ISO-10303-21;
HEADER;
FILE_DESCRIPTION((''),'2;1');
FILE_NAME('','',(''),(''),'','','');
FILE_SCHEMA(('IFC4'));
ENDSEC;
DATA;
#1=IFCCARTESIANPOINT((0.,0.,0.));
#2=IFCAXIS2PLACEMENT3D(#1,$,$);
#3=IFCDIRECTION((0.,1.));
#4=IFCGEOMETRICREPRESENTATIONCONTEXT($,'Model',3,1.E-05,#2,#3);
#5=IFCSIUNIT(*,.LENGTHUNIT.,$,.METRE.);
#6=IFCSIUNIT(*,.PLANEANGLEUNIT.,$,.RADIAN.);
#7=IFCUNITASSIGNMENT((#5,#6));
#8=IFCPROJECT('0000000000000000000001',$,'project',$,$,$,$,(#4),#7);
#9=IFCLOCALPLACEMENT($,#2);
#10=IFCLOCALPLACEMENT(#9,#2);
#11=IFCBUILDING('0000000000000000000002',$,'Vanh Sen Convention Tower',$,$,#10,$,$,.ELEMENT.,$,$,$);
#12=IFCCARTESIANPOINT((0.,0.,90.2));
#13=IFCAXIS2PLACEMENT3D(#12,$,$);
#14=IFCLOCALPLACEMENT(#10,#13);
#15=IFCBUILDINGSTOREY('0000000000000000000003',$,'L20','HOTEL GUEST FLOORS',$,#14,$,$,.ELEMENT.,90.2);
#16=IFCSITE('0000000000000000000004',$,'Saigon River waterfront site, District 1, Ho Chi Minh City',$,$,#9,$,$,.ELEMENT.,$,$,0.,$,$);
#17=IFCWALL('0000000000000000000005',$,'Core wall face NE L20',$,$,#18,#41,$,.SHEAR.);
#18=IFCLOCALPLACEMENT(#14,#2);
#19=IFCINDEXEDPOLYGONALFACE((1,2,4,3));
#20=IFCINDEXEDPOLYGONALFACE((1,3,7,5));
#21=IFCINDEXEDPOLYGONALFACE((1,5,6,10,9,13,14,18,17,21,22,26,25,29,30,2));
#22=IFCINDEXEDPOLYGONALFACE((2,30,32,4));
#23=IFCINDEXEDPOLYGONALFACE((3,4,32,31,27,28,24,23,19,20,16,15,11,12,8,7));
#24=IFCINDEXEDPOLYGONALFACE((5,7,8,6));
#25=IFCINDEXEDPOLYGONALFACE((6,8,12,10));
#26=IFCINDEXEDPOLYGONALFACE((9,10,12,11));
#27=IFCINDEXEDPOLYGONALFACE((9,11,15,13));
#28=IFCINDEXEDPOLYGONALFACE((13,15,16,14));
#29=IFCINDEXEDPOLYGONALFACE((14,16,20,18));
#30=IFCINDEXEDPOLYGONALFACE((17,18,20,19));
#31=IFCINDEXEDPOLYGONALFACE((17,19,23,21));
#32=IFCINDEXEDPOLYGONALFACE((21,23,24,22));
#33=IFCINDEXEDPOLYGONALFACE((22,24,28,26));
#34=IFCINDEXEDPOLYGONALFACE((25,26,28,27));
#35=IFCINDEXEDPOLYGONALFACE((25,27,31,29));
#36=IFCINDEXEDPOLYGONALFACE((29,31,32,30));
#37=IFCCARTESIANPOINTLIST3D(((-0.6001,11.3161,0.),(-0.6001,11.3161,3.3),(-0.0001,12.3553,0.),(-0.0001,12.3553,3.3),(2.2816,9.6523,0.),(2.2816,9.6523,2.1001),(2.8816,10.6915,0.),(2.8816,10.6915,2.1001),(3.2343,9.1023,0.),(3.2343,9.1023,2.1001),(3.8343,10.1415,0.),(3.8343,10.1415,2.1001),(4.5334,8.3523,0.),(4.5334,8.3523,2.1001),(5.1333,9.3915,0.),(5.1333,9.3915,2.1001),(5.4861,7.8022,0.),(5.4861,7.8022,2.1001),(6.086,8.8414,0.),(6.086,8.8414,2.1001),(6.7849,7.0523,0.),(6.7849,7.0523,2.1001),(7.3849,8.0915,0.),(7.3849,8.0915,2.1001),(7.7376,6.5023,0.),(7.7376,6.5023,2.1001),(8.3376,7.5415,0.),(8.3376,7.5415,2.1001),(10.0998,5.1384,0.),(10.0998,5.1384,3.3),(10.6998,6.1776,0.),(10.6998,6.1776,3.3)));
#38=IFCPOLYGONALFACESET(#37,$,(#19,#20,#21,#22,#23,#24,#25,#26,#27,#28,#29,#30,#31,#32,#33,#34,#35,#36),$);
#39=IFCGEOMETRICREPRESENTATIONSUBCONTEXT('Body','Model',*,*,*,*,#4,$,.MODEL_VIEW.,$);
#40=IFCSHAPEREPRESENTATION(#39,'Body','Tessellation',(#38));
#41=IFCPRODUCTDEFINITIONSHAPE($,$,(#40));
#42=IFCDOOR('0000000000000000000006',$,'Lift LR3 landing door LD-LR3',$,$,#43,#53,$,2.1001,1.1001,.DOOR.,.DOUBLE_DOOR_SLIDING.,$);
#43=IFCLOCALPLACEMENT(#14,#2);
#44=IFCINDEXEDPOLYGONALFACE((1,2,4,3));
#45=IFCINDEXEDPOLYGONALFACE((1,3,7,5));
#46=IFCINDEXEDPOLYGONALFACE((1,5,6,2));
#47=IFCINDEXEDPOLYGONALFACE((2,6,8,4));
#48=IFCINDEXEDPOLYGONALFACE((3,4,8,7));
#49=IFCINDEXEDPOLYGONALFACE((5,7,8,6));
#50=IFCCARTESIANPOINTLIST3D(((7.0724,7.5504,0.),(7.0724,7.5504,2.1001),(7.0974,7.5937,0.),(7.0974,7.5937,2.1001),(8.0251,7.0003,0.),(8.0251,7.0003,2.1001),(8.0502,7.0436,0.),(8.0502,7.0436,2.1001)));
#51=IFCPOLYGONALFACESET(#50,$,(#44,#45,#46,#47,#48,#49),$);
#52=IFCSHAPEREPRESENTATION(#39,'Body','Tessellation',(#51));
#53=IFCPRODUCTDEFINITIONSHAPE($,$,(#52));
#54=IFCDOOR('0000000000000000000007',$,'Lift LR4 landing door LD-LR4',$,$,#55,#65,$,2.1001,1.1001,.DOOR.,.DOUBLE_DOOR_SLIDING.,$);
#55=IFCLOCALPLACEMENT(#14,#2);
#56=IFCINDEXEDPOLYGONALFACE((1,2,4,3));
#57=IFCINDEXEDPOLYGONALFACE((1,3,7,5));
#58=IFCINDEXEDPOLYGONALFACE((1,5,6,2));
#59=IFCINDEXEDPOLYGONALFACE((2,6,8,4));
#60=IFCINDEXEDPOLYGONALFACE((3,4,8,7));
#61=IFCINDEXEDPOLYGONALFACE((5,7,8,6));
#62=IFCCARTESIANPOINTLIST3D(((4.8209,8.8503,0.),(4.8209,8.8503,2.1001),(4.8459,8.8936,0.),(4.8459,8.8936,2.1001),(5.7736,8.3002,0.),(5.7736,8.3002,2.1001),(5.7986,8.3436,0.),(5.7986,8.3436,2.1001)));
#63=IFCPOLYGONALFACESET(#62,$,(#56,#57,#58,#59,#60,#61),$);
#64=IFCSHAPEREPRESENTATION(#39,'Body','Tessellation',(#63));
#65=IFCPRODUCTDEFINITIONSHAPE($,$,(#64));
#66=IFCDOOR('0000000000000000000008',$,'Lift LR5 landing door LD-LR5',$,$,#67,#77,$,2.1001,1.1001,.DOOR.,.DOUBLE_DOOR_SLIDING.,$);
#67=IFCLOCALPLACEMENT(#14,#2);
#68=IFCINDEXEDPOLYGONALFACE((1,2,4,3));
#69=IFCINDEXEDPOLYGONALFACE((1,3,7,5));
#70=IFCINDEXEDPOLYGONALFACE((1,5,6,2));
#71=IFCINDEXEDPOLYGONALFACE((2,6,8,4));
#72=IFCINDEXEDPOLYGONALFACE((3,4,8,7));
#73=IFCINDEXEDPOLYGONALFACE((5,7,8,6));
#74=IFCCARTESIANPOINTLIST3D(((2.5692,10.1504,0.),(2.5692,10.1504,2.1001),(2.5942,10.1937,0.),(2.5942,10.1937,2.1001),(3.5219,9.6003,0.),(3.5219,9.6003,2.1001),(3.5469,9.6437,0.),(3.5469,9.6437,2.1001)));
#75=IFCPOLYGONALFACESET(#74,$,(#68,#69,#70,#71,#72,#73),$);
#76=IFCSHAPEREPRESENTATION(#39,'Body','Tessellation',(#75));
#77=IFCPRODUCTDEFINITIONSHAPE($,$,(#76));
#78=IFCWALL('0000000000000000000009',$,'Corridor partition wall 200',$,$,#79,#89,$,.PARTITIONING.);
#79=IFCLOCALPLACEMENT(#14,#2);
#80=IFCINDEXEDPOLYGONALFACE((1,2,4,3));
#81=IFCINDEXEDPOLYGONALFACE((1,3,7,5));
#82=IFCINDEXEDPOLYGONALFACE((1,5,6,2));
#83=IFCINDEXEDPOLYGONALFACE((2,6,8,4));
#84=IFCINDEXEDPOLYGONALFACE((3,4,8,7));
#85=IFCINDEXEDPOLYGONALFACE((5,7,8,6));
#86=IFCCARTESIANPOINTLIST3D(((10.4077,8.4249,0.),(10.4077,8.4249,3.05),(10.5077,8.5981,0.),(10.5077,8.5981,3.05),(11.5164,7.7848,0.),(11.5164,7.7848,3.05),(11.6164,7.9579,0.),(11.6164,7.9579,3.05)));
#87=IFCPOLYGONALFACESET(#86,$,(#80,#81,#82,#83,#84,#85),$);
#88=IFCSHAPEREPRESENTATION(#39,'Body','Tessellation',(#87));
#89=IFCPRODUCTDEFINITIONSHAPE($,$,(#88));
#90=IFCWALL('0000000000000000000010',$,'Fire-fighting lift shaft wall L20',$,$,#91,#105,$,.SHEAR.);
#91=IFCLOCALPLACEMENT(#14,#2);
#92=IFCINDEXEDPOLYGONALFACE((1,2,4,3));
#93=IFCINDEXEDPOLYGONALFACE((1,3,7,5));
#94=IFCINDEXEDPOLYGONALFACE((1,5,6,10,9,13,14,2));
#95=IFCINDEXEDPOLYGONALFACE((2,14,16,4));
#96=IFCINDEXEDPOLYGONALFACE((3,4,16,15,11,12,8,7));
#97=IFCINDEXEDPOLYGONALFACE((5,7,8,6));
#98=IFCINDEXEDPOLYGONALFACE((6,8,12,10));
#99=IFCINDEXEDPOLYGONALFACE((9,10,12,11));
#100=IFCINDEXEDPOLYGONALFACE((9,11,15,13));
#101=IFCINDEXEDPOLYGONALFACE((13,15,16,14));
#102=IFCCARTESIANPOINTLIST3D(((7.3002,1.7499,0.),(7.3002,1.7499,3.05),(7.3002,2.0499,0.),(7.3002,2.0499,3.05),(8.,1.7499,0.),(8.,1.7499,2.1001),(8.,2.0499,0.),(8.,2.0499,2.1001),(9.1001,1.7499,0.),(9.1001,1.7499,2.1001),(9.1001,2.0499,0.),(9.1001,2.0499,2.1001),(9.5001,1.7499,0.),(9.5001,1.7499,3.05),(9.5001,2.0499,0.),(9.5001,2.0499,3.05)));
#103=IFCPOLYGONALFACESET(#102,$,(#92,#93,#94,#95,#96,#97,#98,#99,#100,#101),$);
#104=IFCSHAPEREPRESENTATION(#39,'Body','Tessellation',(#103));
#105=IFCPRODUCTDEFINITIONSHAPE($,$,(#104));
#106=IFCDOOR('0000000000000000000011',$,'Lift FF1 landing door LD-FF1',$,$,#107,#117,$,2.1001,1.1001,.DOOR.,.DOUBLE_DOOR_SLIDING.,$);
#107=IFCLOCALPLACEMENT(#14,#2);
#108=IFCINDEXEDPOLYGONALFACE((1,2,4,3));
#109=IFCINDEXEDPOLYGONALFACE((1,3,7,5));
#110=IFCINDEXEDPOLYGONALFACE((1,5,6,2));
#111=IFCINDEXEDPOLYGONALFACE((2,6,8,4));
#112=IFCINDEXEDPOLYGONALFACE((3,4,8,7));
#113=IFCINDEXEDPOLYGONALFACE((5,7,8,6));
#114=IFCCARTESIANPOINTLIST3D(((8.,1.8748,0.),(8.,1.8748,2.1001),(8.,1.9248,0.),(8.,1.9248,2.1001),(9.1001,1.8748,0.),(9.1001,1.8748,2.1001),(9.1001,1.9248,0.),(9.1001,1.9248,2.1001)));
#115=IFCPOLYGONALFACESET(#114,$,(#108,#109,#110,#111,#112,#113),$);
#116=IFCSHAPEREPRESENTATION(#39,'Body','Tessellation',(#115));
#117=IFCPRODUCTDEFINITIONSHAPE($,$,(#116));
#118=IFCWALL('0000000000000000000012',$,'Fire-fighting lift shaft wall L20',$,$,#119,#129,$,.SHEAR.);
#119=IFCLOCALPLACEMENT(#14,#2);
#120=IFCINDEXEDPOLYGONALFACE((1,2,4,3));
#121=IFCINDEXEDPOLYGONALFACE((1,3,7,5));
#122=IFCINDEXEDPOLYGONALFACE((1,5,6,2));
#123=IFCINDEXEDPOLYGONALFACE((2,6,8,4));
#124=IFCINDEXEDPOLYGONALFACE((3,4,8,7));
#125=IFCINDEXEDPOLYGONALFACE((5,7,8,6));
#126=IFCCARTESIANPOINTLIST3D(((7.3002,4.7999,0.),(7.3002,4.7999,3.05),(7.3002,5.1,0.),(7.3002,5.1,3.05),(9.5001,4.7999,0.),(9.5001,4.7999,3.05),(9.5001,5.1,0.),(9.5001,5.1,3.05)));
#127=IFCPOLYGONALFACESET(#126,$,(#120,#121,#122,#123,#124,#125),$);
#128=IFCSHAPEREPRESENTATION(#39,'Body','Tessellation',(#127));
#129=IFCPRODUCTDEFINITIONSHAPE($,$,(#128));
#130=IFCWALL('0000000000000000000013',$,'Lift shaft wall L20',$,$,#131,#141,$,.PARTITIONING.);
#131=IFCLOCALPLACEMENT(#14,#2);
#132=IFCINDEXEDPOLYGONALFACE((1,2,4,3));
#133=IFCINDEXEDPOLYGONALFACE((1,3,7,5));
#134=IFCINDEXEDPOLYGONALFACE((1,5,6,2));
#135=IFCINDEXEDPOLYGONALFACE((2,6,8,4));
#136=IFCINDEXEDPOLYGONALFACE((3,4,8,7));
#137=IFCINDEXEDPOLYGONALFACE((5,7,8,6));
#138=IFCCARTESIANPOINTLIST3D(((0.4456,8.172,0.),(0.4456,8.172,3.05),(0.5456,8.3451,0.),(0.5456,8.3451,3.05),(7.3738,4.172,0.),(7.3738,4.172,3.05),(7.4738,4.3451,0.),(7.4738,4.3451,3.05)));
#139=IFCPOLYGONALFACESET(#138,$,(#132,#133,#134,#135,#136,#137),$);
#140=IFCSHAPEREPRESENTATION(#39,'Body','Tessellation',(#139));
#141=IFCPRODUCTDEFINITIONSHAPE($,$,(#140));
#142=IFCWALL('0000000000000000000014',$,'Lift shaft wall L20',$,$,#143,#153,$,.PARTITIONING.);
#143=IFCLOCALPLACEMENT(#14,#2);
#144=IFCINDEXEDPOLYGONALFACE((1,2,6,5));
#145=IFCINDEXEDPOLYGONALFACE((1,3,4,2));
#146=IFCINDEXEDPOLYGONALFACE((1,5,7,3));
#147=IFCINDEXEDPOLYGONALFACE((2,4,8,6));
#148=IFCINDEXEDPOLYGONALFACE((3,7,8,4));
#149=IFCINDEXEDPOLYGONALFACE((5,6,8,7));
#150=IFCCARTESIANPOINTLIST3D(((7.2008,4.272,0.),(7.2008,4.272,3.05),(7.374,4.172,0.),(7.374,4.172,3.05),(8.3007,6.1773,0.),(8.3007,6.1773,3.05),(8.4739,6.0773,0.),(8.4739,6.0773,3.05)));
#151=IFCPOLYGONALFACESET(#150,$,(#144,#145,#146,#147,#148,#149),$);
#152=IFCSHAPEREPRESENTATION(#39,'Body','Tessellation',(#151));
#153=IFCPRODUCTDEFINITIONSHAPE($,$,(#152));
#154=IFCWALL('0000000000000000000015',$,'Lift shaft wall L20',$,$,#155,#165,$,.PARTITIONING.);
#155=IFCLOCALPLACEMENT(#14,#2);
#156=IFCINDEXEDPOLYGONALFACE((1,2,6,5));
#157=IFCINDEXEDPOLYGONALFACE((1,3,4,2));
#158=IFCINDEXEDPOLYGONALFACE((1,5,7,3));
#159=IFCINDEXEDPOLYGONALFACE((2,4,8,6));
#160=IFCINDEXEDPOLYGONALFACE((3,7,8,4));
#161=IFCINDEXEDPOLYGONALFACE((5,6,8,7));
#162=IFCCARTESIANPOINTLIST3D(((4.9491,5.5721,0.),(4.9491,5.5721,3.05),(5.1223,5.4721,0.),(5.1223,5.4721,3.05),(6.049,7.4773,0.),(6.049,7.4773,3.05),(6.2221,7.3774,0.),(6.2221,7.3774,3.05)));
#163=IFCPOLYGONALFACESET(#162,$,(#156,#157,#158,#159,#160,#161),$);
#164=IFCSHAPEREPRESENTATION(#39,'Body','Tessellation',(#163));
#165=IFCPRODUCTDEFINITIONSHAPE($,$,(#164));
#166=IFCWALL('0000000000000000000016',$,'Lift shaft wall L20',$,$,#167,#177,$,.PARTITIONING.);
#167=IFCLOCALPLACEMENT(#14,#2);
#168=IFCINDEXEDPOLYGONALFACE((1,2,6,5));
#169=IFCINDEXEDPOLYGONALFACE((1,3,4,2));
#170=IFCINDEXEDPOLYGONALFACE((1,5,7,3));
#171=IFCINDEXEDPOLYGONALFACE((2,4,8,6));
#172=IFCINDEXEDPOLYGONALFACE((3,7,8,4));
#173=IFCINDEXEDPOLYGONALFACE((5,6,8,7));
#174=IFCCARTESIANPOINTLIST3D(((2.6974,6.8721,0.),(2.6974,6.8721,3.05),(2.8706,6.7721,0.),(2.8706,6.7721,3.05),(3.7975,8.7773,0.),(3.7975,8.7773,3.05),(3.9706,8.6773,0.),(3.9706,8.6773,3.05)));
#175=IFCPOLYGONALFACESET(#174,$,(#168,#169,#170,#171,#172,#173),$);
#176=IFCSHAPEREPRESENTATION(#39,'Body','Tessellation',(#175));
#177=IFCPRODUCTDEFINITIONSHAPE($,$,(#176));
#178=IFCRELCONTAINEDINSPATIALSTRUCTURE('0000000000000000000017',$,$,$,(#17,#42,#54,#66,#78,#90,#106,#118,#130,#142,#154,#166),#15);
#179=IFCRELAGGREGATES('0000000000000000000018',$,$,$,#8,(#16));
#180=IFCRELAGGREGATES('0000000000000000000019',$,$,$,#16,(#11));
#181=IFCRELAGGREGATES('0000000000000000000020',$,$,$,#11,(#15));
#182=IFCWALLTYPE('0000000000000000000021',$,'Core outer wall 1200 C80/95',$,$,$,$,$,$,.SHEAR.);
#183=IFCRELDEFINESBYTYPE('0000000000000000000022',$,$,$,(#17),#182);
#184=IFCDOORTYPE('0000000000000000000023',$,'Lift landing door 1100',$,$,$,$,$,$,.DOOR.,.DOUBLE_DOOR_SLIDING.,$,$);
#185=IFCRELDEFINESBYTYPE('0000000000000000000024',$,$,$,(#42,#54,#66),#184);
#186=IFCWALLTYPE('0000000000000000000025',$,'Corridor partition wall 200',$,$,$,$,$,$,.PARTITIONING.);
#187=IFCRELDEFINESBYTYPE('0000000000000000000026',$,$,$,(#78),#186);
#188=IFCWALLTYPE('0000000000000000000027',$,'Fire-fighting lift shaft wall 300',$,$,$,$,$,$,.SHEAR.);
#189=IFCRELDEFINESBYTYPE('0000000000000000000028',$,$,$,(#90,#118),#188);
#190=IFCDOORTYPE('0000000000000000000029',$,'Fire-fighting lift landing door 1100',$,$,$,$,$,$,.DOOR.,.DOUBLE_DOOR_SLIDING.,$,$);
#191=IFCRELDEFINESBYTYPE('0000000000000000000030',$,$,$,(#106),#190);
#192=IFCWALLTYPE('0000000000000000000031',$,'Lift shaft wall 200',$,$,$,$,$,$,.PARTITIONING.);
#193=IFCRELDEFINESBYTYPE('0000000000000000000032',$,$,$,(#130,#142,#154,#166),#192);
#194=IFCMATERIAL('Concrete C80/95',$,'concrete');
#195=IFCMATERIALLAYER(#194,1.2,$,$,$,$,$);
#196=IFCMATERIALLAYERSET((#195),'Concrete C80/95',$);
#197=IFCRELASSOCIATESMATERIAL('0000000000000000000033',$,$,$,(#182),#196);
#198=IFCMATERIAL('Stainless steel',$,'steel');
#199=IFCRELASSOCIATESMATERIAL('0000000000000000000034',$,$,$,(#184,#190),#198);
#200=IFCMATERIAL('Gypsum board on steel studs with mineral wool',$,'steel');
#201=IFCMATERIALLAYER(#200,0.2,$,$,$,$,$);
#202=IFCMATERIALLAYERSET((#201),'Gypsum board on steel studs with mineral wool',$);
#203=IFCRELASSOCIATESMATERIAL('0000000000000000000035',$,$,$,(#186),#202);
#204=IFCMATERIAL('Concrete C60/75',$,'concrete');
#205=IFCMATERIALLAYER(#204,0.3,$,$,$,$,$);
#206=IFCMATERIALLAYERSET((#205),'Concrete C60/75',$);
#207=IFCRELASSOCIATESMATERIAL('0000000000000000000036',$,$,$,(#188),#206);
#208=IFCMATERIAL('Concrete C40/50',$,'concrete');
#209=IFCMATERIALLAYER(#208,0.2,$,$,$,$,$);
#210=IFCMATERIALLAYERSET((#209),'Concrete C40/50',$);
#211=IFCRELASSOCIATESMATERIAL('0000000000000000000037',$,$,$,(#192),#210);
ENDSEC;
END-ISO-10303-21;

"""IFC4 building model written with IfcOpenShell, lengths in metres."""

from ifc_helpers import new_model, si_unit, direction, frame, frame_2d, origin, place, context, subcontext, project, spatial, rectangle, extrude, material, layer, layer_set, type_object, element, fill, save


model = new_model("IFC4")

# Units and contexts
model_context = context("Model", 3, precision=1e-05, world=origin(), true_north=direction((0.0, 1.0)))
body_context = subcontext(model_context, "Body", "Model", "MODEL_VIEW")
ifc_project = project(units=[si_unit("LENGTHUNIT", "METRE"), si_unit("PLANEANGLEUNIT", "RADIAN")], contexts=[model_context])

# Site, building, storey
site_placement = place(None, origin())
site = spatial("IfcSite", under=ifc_project, at=site_placement, Name="Saigon River waterfront site, District 1, Ho Chi Minh City", CompositionType="ELEMENT", RefElevation=0.0)
building_placement = place(site_placement, origin())
building = spatial("IfcBuilding", under=site, at=building_placement, Name="Vanh Sen Convention Tower", CompositionType="ELEMENT")
storey_placement = place(building_placement, frame((0.0, 0.0, 90.2)))
storey = spatial("IfcBuildingStorey", under=building, at=storey_placement, Name="L20", Description="HOTEL GUEST FLOORS", CompositionType="ELEMENT", Elevation=90.2)

# Wall, openings, doors
ifc_material_1 = material(Name="Concrete C80/95", Category="concrete")
ifc_layer_1 = layer(ifc_material_1, 1.2)
ifc_layer_set_1 = layer_set([ifc_layer_1], Name="Concrete C80/95")
wall_type_1 = type_object("IfcWallType", Name="Core outer wall 1200 C80/95", PredefinedType="SHEAR", material=ifc_layer_set_1)
wall_1_placement = place(storey_placement, frame((10.3999, 5.658, 0.0), z_axis=(0.0, 0.0, 1.0), x_axis=(-0.866021, 0.500007, 0.0)))
wall_1 = element("IfcWall", 1, at=wall_1_placement, inside=storey, type_object=wall_type_1, Name="Core wall face NE L20", PredefinedType="SHEAR", context=body_context, shape_type="SweptSolid", body=[
    extrude(rectangle(XDim=12.3552, YDim=1.2, at=frame_2d((6.1777, 0.0))), origin(), (0.0, 0.0, 1.0), 3.3),
])
opening_1_placement = place(wall_1_placement, frame((2.7278, 0.0, 0.0)))
opening_1 = element("IfcOpeningElement", 2, at=opening_1_placement, cuts=wall_1, PredefinedType="OPENING", context=body_context, shape_type="SweptSolid", body=[
    extrude(rectangle(XDim=1.1001, YDim=2.1001, at=frame_2d((0.55, 1.05))), frame((0.0, 0.6099, 0.0), z_axis=(0.0, -1.0, 0.0), x_axis=(1.0, 0.0, 0.0)), (0.0, 0.0, 1.0), 1.22),
])
opening_2_placement = place(wall_1_placement, frame((5.3276, 0.0, 0.0)))
opening_2 = element("IfcOpeningElement", 3, at=opening_2_placement, cuts=wall_1, PredefinedType="OPENING", context=body_context, shape_type="SweptSolid", body=[
    extrude(rectangle(XDim=1.1001, YDim=2.1001, at=frame_2d((0.55, 1.05))), frame((0.0, 0.6099, 0.0), z_axis=(0.0, -1.0, 0.0), x_axis=(1.0, 0.0, 0.0)), (0.0, 0.0, 1.0), 1.22),
])
opening_3_placement = place(wall_1_placement, frame((7.9277, 0.0, 0.0)))
opening_3 = element("IfcOpeningElement", 4, at=opening_3_placement, cuts=wall_1, PredefinedType="OPENING", context=body_context, shape_type="SweptSolid", body=[
    extrude(rectangle(XDim=1.1001, YDim=2.1001, at=frame_2d((0.55, 1.05))), frame((0.0, 0.6099, 0.0), z_axis=(0.0, -1.0, 0.0), x_axis=(1.0, 0.0, 0.0)), (0.0, 0.0, 1.0), 1.22),
])
ifc_material_2 = material(Name="Stainless steel", Category="steel")
door_type_1 = type_object("IfcDoorType", Name="Lift landing door 1100", OperationType="DOUBLE_DOOR_SLIDING", PredefinedType="DOOR", material=ifc_material_2)
door_1_placement = place(opening_1_placement, origin())
door_1 = element("IfcDoor", 5, at=door_1_placement, inside=storey, type_object=door_type_1, Name="Lift LR3 landing door LD-LR3", OperationType="DOUBLE_DOOR_SLIDING", OverallHeight=2.1001, OverallWidth=1.1001, PredefinedType="DOOR", context=body_context, shape_type="SweptSolid", body=[
    extrude(rectangle(XDim=1.1001, YDim=2.1001, at=frame_2d((0.55, 1.05))), frame((0.0, 0.0249, 0.0), z_axis=(0.0, -1.0, 0.0), x_axis=(1.0, 0.0, 0.0)), (0.0, 0.0, 1.0), 0.05),
])
fill(opening_1, door_1)
door_2_placement = place(opening_2_placement, origin())
door_2 = element("IfcDoor", 6, at=door_2_placement, inside=storey, type_object=door_type_1, Name="Lift LR4 landing door LD-LR4", OperationType="DOUBLE_DOOR_SLIDING", OverallHeight=2.1001, OverallWidth=1.1001, PredefinedType="DOOR", context=body_context, shape_type="SweptSolid", body=[
    extrude(rectangle(XDim=1.1001, YDim=2.1001, at=frame_2d((0.55, 1.05))), frame((0.0, 0.0249, 0.0), z_axis=(0.0, -1.0, 0.0), x_axis=(1.0, 0.0, 0.0)), (0.0, 0.0, 1.0), 0.05),
])
fill(opening_2, door_2)
door_3_placement = place(opening_3_placement, origin())
door_3 = element("IfcDoor", 7, at=door_3_placement, inside=storey, type_object=door_type_1, Name="Lift LR5 landing door LD-LR5", OperationType="DOUBLE_DOOR_SLIDING", OverallHeight=2.1001, OverallWidth=1.1001, PredefinedType="DOOR", context=body_context, shape_type="SweptSolid", body=[
    extrude(rectangle(XDim=1.1001, YDim=2.1001, at=frame_2d((0.55, 1.05))), frame((0.0, 0.0249, 0.0), z_axis=(0.0, -1.0, 0.0), x_axis=(1.0, 0.0, 0.0)), (0.0, 0.0, 1.0), 0.05),
])
fill(opening_3, door_3)

# Wall
ifc_material_3 = material(Name="Gypsum board on steel studs with mineral wool", Category="steel")
ifc_layer_2 = layer(ifc_material_3, 0.2)
ifc_layer_set_2 = layer_set([ifc_layer_2], Name="Gypsum board on steel studs with mineral wool")
wall_type_2 = type_object("IfcWallType", Name="Corridor partition wall 200", PredefinedType="PARTITIONING", material=ifc_layer_set_2)
wall_2_placement = place(storey_placement, frame((11.5664, 7.8713, 0.0), z_axis=(0.0, 0.0, 1.0), x_axis=(-0.866005, 0.500036, 0.0)))
element("IfcWall", 8, at=wall_2_placement, inside=storey, type_object=wall_type_2, Name="Corridor partition wall 200", PredefinedType="PARTITIONING", context=body_context, shape_type="SweptSolid", body=[
    extrude(rectangle(XDim=1.2803, YDim=0.2, at=frame_2d((0.6401, 0.0))), origin(), (0.0, 0.0, 1.0), 3.05),
])

# Wall, opening, door
ifc_material_4 = material(Name="Concrete C60/75", Category="concrete")
ifc_layer_3 = layer(ifc_material_4, 0.3)
ifc_layer_set_3 = layer_set([ifc_layer_3], Name="Concrete C60/75")
wall_type_3 = type_object("IfcWallType", Name="Fire-fighting lift shaft wall 300", PredefinedType="SHEAR", material=ifc_layer_set_3)
wall_3_placement = place(storey_placement, frame((7.3, 1.8999, 0.0), z_axis=(0.0, 0.0, 1.0), x_axis=(1.0, 0.0, 0.0)))
wall_3 = element("IfcWall", 9, at=wall_3_placement, inside=storey, type_object=wall_type_3, Name="Fire-fighting lift shaft wall L20", PredefinedType="SHEAR", context=body_context, shape_type="SweptSolid", body=[
    extrude(rectangle(XDim=2.2, YDim=0.3, at=frame_2d((1.1001, 0.0))), origin(), (0.0, 0.0, 1.0), 3.05),
])
opening_4_placement = place(wall_3_placement, frame((0.7, 0.0, 0.0)))
opening_4 = element("IfcOpeningElement", 10, at=opening_4_placement, cuts=wall_3, PredefinedType="OPENING", context=body_context, shape_type="SweptSolid", body=[
    extrude(rectangle(XDim=1.1001, YDim=2.1001, at=frame_2d((0.55, 1.05))), frame((0.0, 0.1599, 0.0), z_axis=(0.0, -1.0, 0.0), x_axis=(1.0, 0.0, 0.0)), (0.0, 0.0, 1.0), 0.3201),
])
door_type_2 = type_object("IfcDoorType", Name="Fire-fighting lift landing door 1100", OperationType="DOUBLE_DOOR_SLIDING", PredefinedType="DOOR", material=ifc_material_2)
door_4_placement = place(opening_4_placement, origin())
door_4 = element("IfcDoor", 11, at=door_4_placement, inside=storey, type_object=door_type_2, Name="Lift FF1 landing door LD-FF1", OperationType="DOUBLE_DOOR_SLIDING", OverallHeight=2.1001, OverallWidth=1.1001, PredefinedType="DOOR", context=body_context, shape_type="SweptSolid", body=[
    extrude(rectangle(XDim=1.1001, YDim=2.1001, at=frame_2d((0.55, 1.05))), frame((0.0, 0.0249, 0.0), z_axis=(0.0, -1.0, 0.0), x_axis=(1.0, 0.0, 0.0)), (0.0, 0.0, 1.0), 0.05),
])
fill(opening_4, door_4)

# Walls
wall_4_placement = place(storey_placement, frame((7.3, 4.95, 0.0), z_axis=(0.0, 0.0, 1.0), x_axis=(1.0, 0.0, 0.0)))
element("IfcWall", 12, at=wall_4_placement, inside=storey, type_object=wall_type_3, Name="Fire-fighting lift shaft wall L20", PredefinedType="SHEAR", context=body_context, shape_type="SweptSolid", body=[
    extrude(rectangle(XDim=2.2, YDim=0.3, at=frame_2d((1.1001, 0.0))), origin(), (0.0, 0.0, 1.0), 3.05),
])
ifc_material_5 = material(Name="Concrete C40/50", Category="concrete")
ifc_layer_4 = layer(ifc_material_5, 0.2)
ifc_layer_set_4 = layer_set([ifc_layer_4], Name="Concrete C40/50")
wall_type_4 = type_object("IfcWallType", Name="Lift shaft wall 200", PredefinedType="PARTITIONING", material=ifc_layer_set_4)
wall_5_placement = place(storey_placement, frame((7.4238, 4.2585, 0.0), z_axis=(0.0, 0.0, 1.0), x_axis=(-0.866026, 0.499999, 0.0)))
element("IfcWall", 13, at=wall_5_placement, inside=storey, type_object=wall_type_4, Name="Lift shaft wall L20", PredefinedType="PARTITIONING", context=body_context, shape_type="SweptSolid", body=[
    extrude(rectangle(XDim=8.0, YDim=0.2, at=frame_2d((4.0, 0.0))), origin(), (0.0, 0.0, 1.0), 3.05),
])
for number, where, z_axis, x_axis, name in (
    (14, (7.2874, 4.2219, 0.0), (0.0, 0.0, 1.0), (0.499947, 0.866056, 0.0), "Lift shaft wall L20"),
    (15, (5.0356, 5.522, 0.0), (0.0, 0.0, 1.0), (0.499947, 0.866056, 0.0), "Lift shaft wall L20"),
    (16, (2.7839, 6.822, 0.0), (0.0, 0.0, 1.0), (0.50003, 0.866008, 0.0), "Lift shaft wall L20"),
):
    element("IfcWall", number, at=place(storey_placement, frame(where, z_axis=z_axis, x_axis=x_axis)), inside=storey, type_object=wall_type_4, Name=name, PredefinedType="PARTITIONING", context=body_context, shape_type="SweptSolid", body=[
        extrude(rectangle(XDim=2.2, YDim=0.2, at=frame_2d((1.1001, 0.0))), origin(), (0.0, 0.0, 1.0), 3.05),
    ])

save(model, "model.ifc")
